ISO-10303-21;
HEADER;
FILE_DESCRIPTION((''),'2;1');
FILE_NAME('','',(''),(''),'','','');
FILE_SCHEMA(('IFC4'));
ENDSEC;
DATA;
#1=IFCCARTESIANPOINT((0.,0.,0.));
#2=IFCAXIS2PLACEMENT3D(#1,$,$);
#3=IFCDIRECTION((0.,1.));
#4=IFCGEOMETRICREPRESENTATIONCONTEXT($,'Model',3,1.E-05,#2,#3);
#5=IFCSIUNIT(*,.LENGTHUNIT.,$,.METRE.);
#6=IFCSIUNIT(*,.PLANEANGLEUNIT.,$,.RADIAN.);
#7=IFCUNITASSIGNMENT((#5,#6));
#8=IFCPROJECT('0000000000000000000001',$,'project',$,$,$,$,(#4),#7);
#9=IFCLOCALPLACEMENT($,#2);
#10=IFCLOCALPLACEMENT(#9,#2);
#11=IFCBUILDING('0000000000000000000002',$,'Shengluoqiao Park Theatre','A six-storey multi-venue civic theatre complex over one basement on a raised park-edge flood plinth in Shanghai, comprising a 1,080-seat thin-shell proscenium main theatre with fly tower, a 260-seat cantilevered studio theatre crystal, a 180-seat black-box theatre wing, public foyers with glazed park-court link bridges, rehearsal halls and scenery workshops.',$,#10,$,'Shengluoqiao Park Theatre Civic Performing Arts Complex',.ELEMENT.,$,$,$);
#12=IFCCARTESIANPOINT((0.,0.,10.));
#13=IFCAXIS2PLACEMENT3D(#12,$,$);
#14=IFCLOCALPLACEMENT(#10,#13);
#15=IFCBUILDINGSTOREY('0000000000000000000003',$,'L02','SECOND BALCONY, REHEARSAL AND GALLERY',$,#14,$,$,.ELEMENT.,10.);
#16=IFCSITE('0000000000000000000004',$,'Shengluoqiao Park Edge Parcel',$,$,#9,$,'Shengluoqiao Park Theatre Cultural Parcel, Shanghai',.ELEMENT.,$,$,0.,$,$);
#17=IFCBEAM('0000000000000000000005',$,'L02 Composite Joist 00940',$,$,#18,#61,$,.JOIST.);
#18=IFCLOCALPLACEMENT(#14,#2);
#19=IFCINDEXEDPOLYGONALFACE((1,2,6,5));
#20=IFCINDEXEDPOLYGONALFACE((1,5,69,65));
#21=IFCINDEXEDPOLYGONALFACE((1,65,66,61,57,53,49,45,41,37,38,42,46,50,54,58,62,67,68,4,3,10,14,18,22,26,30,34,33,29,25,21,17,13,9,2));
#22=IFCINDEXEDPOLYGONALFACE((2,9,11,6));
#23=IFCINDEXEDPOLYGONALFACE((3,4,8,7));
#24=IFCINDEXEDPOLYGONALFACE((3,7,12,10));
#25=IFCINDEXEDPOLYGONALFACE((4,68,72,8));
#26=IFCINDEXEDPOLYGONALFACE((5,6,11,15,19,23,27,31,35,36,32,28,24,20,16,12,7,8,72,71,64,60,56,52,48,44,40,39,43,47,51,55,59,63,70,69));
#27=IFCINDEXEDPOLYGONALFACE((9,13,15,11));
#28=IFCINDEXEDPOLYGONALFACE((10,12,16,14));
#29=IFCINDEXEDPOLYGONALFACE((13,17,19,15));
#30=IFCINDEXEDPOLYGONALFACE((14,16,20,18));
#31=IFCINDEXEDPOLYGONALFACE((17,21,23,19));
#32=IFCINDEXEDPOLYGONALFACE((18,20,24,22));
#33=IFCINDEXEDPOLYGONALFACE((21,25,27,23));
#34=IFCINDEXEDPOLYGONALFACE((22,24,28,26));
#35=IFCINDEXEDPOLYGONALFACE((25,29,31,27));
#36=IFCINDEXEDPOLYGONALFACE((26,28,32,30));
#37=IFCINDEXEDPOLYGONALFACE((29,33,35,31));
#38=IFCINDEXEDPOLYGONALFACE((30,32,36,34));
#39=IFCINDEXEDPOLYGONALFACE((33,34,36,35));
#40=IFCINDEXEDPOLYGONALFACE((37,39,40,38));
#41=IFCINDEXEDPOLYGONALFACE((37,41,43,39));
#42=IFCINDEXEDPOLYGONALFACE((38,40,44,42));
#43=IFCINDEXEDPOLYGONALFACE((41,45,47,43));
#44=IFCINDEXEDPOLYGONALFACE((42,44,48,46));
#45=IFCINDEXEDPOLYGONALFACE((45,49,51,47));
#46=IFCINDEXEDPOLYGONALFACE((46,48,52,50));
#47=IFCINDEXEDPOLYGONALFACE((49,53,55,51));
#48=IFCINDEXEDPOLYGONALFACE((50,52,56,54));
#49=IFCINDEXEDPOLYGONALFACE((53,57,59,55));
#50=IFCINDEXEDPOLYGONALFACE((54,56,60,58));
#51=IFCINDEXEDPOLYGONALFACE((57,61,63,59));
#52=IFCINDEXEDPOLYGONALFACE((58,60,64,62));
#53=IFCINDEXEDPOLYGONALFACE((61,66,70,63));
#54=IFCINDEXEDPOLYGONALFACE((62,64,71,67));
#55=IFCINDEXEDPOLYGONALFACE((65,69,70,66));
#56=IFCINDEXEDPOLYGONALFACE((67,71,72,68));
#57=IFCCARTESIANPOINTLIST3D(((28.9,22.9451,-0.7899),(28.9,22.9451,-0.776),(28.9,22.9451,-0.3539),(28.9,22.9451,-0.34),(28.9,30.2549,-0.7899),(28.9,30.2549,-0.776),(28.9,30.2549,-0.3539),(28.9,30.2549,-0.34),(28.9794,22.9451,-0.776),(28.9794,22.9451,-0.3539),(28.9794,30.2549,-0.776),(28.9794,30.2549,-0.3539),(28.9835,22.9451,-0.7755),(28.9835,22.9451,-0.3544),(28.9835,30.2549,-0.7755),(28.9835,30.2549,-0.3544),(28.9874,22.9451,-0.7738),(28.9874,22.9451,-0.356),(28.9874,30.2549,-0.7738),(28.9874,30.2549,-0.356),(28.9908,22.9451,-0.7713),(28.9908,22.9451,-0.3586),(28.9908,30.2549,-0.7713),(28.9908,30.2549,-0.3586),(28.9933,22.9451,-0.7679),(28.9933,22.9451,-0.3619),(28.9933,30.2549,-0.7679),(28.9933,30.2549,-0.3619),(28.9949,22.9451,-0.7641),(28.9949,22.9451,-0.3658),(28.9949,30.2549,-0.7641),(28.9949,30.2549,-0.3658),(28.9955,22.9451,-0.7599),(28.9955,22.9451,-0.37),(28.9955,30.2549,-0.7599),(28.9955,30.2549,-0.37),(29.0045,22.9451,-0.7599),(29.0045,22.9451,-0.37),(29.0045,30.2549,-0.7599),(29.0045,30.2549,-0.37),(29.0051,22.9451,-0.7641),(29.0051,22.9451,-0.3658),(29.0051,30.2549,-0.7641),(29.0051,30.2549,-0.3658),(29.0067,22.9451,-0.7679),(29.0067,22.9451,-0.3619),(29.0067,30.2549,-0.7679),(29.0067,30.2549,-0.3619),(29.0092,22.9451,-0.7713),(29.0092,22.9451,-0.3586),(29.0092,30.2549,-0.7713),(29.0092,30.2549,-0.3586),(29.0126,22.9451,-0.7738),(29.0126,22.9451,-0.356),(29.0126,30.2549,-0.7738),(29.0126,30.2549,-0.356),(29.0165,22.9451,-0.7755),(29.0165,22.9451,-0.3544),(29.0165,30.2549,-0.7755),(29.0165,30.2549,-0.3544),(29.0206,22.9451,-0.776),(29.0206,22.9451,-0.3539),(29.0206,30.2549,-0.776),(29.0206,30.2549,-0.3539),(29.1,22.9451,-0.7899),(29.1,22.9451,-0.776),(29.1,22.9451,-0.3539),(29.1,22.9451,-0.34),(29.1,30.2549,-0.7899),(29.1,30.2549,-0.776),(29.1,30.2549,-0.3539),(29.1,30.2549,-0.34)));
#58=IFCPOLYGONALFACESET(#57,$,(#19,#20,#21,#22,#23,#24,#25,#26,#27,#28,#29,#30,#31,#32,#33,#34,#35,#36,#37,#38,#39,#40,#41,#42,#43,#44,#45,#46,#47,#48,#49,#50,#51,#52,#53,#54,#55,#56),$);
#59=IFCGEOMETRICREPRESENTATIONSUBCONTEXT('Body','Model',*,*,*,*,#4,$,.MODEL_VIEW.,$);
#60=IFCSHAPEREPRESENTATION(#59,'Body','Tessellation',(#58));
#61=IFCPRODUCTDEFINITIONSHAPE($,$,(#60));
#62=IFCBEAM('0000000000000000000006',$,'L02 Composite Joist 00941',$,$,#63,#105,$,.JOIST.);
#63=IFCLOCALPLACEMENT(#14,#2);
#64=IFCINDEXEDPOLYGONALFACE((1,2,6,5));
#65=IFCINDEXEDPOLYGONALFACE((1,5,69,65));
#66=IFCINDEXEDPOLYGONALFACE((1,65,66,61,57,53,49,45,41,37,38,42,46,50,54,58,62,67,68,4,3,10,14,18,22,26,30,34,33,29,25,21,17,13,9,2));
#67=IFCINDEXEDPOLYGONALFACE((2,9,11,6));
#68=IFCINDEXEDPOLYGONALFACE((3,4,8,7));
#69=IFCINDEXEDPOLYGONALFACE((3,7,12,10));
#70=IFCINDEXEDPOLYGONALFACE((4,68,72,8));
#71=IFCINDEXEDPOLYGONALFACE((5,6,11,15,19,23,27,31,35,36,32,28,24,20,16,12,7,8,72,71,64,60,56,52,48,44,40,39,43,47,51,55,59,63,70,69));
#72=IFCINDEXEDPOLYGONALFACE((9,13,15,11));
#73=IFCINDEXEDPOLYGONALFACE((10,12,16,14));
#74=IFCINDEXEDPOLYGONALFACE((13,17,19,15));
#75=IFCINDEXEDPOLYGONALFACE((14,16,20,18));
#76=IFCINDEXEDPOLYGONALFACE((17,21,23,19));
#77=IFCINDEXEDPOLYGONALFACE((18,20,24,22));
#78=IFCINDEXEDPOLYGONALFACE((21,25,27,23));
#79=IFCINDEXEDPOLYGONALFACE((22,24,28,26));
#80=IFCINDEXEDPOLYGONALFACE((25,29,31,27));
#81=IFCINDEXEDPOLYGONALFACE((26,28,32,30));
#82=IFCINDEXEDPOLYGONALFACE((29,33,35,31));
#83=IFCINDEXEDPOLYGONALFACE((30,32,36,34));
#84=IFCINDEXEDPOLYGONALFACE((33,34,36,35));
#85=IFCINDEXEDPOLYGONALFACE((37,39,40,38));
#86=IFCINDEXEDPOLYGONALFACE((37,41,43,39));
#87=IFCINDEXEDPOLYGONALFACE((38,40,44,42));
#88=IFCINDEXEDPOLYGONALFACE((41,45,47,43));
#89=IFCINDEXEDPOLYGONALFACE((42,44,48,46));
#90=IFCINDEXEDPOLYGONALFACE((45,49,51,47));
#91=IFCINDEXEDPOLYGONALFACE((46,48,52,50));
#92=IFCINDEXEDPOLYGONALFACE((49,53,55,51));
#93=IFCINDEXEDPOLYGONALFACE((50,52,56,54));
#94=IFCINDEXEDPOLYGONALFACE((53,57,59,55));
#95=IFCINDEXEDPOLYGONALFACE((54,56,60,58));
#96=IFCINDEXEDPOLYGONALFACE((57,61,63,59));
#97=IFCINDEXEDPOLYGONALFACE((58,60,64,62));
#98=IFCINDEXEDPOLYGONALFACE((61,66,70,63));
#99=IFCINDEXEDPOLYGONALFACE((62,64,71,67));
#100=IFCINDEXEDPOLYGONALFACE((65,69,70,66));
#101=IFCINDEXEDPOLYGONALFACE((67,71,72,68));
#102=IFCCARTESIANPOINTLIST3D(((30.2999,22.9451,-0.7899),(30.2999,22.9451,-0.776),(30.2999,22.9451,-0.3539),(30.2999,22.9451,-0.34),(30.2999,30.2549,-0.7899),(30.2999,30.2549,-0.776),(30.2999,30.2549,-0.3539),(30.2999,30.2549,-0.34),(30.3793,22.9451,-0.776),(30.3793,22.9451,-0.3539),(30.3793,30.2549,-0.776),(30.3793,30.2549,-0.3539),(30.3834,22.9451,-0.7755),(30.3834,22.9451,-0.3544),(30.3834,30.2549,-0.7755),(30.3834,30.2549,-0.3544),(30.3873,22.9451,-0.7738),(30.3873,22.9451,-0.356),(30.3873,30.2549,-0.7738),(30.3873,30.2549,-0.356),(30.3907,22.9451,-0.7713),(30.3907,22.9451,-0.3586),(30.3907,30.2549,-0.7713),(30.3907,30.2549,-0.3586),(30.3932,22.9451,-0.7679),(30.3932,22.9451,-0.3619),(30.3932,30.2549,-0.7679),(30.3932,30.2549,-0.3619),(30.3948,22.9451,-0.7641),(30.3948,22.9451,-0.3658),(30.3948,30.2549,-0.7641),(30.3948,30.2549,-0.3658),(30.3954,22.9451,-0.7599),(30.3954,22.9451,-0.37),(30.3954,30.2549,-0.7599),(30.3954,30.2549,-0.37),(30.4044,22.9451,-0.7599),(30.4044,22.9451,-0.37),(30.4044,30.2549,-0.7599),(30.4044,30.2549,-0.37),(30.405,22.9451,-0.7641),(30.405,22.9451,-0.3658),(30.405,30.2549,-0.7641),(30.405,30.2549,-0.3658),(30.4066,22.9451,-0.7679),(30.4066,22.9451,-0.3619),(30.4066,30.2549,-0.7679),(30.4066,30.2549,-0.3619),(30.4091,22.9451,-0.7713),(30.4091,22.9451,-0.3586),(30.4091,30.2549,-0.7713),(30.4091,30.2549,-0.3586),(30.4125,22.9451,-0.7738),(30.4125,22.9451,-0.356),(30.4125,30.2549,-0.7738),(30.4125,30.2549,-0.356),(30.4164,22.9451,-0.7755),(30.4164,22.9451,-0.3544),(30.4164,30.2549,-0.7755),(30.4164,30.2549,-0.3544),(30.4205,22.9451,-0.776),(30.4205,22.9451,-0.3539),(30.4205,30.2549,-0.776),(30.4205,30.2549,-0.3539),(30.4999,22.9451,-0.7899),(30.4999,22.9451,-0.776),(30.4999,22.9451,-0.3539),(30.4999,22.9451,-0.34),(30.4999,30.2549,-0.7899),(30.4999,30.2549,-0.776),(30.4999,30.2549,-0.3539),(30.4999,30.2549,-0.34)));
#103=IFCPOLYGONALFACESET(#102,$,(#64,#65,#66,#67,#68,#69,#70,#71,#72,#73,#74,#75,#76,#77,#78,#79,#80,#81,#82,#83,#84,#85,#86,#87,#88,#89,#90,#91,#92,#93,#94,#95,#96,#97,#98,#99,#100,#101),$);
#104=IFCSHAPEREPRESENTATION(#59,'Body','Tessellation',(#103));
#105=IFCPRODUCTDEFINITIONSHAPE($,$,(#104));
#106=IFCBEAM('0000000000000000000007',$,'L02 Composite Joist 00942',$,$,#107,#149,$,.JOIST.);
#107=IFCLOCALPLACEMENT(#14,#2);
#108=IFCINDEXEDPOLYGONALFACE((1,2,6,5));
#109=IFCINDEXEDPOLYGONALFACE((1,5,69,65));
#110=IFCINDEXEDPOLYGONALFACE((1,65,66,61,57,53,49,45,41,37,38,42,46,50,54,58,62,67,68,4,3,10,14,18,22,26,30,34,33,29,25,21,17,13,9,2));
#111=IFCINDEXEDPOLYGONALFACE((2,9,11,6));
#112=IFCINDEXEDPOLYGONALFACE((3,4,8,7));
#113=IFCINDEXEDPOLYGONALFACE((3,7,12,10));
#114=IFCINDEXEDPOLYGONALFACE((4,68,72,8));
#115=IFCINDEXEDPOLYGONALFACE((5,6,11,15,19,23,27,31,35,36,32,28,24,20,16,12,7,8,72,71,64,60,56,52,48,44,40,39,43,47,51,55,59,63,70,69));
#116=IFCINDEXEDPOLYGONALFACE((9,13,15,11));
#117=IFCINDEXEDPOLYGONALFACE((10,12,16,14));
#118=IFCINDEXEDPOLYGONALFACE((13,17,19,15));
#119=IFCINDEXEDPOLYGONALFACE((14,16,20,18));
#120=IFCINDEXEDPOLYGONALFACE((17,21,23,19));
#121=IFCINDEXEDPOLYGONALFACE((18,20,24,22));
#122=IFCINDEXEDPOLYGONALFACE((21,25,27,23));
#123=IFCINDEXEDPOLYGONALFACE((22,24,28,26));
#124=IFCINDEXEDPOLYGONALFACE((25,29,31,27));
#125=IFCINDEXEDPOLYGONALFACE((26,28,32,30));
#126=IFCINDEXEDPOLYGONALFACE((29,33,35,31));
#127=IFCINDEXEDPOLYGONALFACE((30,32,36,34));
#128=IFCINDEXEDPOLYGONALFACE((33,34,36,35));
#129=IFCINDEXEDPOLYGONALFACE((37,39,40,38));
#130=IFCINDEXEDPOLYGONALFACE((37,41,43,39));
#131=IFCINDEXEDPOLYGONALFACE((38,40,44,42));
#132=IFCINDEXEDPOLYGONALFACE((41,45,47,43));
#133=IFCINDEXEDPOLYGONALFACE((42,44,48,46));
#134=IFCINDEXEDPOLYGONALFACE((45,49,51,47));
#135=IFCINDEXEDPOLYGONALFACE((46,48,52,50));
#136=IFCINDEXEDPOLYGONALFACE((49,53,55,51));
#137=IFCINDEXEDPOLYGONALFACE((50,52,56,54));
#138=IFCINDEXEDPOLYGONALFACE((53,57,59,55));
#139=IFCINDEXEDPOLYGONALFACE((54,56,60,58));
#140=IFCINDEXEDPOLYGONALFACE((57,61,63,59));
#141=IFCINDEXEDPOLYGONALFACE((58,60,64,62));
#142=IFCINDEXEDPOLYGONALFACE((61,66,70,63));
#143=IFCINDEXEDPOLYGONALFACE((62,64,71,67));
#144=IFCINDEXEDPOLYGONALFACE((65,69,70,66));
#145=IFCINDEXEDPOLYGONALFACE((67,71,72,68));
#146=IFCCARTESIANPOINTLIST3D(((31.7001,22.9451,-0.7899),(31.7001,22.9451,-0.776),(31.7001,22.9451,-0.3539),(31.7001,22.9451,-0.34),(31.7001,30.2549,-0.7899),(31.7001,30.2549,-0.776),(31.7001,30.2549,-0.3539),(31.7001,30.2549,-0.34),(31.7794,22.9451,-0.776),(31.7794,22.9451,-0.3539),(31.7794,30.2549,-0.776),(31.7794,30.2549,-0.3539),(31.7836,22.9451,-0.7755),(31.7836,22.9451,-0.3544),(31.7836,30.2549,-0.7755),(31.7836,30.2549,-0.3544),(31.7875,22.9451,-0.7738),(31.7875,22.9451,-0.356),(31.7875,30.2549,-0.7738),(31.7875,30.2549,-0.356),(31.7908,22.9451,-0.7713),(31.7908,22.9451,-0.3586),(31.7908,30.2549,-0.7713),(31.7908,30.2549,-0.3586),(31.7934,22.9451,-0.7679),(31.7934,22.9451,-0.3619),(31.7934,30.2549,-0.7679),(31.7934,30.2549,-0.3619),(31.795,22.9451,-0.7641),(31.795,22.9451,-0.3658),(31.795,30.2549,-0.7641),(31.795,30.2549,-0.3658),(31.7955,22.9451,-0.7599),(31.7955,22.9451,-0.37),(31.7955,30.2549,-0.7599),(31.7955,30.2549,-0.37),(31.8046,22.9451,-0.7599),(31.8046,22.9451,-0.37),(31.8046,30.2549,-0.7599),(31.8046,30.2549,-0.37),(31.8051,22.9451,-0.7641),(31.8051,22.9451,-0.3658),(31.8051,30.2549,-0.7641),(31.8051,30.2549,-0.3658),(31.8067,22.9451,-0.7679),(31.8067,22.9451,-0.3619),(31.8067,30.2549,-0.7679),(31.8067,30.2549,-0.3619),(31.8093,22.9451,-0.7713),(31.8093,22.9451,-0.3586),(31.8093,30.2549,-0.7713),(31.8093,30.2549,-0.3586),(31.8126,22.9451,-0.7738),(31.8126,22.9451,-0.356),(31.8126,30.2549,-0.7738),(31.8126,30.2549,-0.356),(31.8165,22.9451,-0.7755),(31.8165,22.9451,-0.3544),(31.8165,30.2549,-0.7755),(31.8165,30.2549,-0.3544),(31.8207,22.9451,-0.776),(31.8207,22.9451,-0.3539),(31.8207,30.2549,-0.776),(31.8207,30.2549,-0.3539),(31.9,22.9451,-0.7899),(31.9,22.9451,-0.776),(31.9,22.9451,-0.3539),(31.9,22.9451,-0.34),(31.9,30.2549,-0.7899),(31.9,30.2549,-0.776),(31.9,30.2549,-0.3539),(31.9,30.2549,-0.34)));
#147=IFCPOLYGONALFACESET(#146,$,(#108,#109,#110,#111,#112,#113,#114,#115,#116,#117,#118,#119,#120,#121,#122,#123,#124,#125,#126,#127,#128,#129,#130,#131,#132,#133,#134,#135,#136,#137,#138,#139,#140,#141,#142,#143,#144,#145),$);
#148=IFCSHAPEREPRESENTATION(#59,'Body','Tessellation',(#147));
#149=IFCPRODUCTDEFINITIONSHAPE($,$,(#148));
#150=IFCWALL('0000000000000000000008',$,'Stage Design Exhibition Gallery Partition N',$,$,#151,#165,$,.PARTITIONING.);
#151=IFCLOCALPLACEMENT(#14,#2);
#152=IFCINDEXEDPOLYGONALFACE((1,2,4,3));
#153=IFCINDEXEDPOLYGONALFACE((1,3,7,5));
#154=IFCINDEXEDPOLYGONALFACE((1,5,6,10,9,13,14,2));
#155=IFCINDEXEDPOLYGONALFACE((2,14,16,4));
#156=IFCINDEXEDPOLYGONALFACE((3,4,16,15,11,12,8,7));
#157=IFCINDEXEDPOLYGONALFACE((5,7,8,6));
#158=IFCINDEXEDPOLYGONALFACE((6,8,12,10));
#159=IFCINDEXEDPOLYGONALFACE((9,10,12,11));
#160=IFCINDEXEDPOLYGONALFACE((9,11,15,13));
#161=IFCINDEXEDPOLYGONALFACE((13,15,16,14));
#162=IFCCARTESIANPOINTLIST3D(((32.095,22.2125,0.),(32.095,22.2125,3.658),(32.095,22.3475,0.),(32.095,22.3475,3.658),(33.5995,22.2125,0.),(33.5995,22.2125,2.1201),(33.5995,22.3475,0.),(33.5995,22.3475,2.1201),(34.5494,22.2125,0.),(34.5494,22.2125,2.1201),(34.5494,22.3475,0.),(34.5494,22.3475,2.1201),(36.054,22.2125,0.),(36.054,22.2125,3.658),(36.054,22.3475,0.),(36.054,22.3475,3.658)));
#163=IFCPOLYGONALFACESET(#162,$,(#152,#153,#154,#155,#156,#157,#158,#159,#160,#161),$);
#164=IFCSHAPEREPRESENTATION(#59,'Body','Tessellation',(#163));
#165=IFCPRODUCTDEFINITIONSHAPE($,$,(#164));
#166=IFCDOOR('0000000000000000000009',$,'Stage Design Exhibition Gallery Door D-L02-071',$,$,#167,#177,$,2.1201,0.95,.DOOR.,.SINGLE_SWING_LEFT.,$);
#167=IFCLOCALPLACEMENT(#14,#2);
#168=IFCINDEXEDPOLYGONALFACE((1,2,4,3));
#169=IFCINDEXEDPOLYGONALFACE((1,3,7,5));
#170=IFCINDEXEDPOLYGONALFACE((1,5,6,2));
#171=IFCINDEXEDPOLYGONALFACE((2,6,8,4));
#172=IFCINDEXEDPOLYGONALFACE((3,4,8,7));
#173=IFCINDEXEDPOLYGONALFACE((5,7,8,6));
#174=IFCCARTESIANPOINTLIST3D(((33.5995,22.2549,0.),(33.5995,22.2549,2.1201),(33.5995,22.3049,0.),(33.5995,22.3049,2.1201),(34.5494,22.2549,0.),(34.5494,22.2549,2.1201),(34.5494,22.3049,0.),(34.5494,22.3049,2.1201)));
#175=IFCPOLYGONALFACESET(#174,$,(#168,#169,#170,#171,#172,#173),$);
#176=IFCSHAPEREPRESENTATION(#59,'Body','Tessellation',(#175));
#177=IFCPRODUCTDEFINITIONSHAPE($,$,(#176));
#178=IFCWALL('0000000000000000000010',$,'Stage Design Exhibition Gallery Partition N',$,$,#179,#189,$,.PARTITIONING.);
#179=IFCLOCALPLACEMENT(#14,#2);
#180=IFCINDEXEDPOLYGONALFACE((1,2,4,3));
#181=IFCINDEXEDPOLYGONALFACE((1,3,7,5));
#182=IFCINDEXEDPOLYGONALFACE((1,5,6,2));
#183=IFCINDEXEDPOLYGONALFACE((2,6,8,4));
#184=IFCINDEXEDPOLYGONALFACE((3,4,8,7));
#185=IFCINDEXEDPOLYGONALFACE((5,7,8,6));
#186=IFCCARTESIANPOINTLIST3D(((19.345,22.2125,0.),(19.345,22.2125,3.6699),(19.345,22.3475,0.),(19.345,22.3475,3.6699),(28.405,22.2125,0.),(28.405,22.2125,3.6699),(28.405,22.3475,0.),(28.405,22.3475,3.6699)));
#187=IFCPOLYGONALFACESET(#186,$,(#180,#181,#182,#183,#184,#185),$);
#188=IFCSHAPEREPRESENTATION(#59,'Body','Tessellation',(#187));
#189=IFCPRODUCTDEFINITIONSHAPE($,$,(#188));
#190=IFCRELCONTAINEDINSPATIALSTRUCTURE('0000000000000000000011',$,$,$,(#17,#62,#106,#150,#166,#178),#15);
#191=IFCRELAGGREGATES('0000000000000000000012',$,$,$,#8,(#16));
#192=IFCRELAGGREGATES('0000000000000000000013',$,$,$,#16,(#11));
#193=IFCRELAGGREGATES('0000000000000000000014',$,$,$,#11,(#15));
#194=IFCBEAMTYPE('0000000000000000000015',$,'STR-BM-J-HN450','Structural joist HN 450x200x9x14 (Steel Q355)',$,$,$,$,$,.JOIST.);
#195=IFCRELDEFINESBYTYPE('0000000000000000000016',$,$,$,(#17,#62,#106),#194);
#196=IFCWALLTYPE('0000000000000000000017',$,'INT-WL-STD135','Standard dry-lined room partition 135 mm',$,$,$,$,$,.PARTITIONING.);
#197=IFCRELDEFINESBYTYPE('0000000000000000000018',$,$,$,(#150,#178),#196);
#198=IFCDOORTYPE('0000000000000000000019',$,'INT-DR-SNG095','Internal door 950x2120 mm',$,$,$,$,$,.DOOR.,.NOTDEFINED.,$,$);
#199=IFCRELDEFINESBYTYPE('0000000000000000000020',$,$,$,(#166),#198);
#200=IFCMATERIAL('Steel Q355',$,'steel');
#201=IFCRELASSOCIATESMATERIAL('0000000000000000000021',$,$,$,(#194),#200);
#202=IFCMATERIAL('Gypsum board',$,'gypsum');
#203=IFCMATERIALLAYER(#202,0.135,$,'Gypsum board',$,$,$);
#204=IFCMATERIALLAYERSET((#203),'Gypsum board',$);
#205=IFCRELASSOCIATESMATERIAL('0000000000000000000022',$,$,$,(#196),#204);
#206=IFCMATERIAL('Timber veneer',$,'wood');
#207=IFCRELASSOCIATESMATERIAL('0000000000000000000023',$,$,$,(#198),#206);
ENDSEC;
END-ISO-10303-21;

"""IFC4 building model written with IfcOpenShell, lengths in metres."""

from ifc_helpers import new_model, si_unit, direction, frame, frame_2d, origin, origin_2d, place, context, subcontext, project, spatial, rectangle, i_section, extrude, material, layer, layer_set, material_profile, profile_set, type_object, element, fill, save


model = new_model("IFC4")

# Units and contexts
model_context = context("Model", 3, precision=1e-05, world=origin(), true_north=direction((0.0, 1.0)))
body_context = subcontext(model_context, "Body", "Model", "MODEL_VIEW")
ifc_project = project(units=[si_unit("LENGTHUNIT", "METRE"), si_unit("PLANEANGLEUNIT", "RADIAN")], contexts=[model_context])

# Site, building, storey
site_placement = place(None, origin())
site = spatial("IfcSite", under=ifc_project, at=site_placement, Name="Shengluoqiao Park Edge Parcel", LongName="Shengluoqiao Park Theatre Cultural Parcel, Shanghai", CompositionType="ELEMENT", RefElevation=0.0)
building_placement = place(site_placement, origin())
building = spatial("IfcBuilding", under=site, at=building_placement, Name="Shengluoqiao Park Theatre", Description="A six-storey multi-venue civic theatre complex over one basement on a raised park-edge flood plinth in Shanghai, comprising a 1,080-seat thin-shell proscenium main theatre with fly tower, a 260-seat cantilevered studio theatre crystal, a 180-seat black-box theatre wing, public foyers with glazed park-court link bridges, rehearsal halls and scenery workshops.", LongName="Shengluoqiao Park Theatre Civic Performing Arts Complex", CompositionType="ELEMENT")
storey_placement = place(building_placement, frame((0.0, 0.0, 10.0)))
storey = spatial("IfcBuildingStorey", under=building, at=storey_placement, Name="L02", Description="SECOND BALCONY, REHEARSAL AND GALLERY", CompositionType="ELEMENT", Elevation=10.0)

# Shared definitions
ifc_material_1 = material(Name="Steel Q355", Category="steel")

# Beams
ifc_material_profile_1 = material_profile(ifc_material_1, i_section(OverallWidth=0.2, OverallDepth=0.45, WebThickness=0.009, FlangeThickness=0.0139, FilletRadius=0.0161, at=origin_2d()), Name="HN 450x200x9x14")
ifc_profile_set_1 = profile_set([ifc_material_profile_1], Name="Steel Q355")
beam_type_1 = type_object("IfcBeamType", Name="STR-BM-J-HN450", Description="Structural joist HN 450x200x9x14 (Steel Q355)", PredefinedType="JOIST", material=ifc_profile_set_1)
for number, where, z_axis, x_axis, name in (
    (1, (29.0, 22.9451, -0.5649), (0.0, 1.0, 0.0), (-1.0, 0.0, 0.0), "L02 Composite Joist 00940"),
    (2, (30.3999, 22.9451, -0.5649), (0.0, 1.0, 0.0), (-1.0, 0.0, 0.0), "L02 Composite Joist 00941"),
    (3, (31.8, 22.9451, -0.5649), (0.0, 1.0, 0.0), (-1.0, 0.0, 0.0), "L02 Composite Joist 00942"),
):
    element("IfcBeam", number, at=place(storey_placement, frame(where, z_axis=z_axis, x_axis=x_axis)), inside=storey, type_object=beam_type_1, Name=name, PredefinedType="JOIST", context=body_context, shape_type="SweptSolid", body=[
        extrude(i_section(OverallWidth=0.2, OverallDepth=0.45, WebThickness=0.009, FlangeThickness=0.0139, FilletRadius=0.0161, at=origin_2d()), origin(), (0.0, 0.0, 1.0), 7.3098),
    ])

# Wall, opening, door
ifc_material_2 = material(Name="Gypsum board", Category="gypsum")
ifc_layer_1 = layer(ifc_material_2, 0.135, Name="Gypsum board")
ifc_layer_set_1 = layer_set([ifc_layer_1], Name="Gypsum board")
wall_type_1 = type_object("IfcWallType", Name="INT-WL-STD135", Description="Standard dry-lined room partition 135 mm", PredefinedType="PARTITIONING", material=ifc_layer_set_1)
wall_1_placement = place(storey_placement, frame((32.095, 22.28, 0.0), z_axis=(0.0, 0.0, 1.0), x_axis=(1.0, 0.0, 0.0)))
wall_1 = element("IfcWall", 4, at=wall_1_placement, inside=storey, type_object=wall_type_1, Name="Stage Design Exhibition Gallery Partition N", PredefinedType="PARTITIONING", context=body_context, shape_type="SweptSolid", body=[
    extrude(rectangle(XDim=3.959, YDim=0.135, at=frame_2d((1.9795, 0.0))), origin(), (0.0, 0.0, 1.0), 3.658),
])
opening_1_placement = place(wall_1_placement, frame((1.5044, 0.0, 0.0)))
opening_1 = element("IfcOpeningElement", 5, at=opening_1_placement, cuts=wall_1, PredefinedType="OPENING", context=body_context, shape_type="SweptSolid", body=[
    extrude(rectangle(XDim=0.95, YDim=2.1201, at=frame_2d((0.4751, 1.0601))), frame((0.0, 0.0774, 0.0), z_axis=(0.0, -1.0, 0.0), x_axis=(1.0, 0.0, 0.0)), (0.0, 0.0, 1.0), 0.155),
])
ifc_material_3 = material(Name="Timber veneer", Category="wood")
door_type = type_object("IfcDoorType", Name="INT-DR-SNG095", Description="Internal door 950x2120 mm", OperationType="NOTDEFINED", PredefinedType="DOOR", material=ifc_material_3)
door_1_placement = place(opening_1_placement, origin())
door_1 = element("IfcDoor", 6, at=door_1_placement, inside=storey, type_object=door_type, Name="Stage Design Exhibition Gallery Door D-L02-071", OperationType="SINGLE_SWING_LEFT", OverallHeight=2.1201, OverallWidth=0.95, PredefinedType="DOOR", context=body_context, shape_type="SweptSolid", body=[
    extrude(rectangle(XDim=0.95, YDim=2.1201, at=frame_2d((0.4751, 1.0601))), frame((0.0, 0.0249, 0.0), z_axis=(0.0, -1.0, 0.0), x_axis=(1.0, 0.0, 0.0)), (0.0, 0.0, 1.0), 0.05),
])
fill(opening_1, door_1)

# Wall
wall_2_placement = place(storey_placement, frame((19.345, 22.28, 0.0), z_axis=(0.0, 0.0, 1.0), x_axis=(1.0, 0.0, 0.0)))
element("IfcWall", 7, at=wall_2_placement, inside=storey, type_object=wall_type_1, Name="Stage Design Exhibition Gallery Partition N", PredefinedType="PARTITIONING", context=body_context, shape_type="SweptSolid", body=[
    extrude(rectangle(XDim=9.0601, YDim=0.135, at=frame_2d((4.53, 0.0))), origin(), (0.0, 0.0, 1.0), 3.6699),
])

save(model, "model.ifc")
